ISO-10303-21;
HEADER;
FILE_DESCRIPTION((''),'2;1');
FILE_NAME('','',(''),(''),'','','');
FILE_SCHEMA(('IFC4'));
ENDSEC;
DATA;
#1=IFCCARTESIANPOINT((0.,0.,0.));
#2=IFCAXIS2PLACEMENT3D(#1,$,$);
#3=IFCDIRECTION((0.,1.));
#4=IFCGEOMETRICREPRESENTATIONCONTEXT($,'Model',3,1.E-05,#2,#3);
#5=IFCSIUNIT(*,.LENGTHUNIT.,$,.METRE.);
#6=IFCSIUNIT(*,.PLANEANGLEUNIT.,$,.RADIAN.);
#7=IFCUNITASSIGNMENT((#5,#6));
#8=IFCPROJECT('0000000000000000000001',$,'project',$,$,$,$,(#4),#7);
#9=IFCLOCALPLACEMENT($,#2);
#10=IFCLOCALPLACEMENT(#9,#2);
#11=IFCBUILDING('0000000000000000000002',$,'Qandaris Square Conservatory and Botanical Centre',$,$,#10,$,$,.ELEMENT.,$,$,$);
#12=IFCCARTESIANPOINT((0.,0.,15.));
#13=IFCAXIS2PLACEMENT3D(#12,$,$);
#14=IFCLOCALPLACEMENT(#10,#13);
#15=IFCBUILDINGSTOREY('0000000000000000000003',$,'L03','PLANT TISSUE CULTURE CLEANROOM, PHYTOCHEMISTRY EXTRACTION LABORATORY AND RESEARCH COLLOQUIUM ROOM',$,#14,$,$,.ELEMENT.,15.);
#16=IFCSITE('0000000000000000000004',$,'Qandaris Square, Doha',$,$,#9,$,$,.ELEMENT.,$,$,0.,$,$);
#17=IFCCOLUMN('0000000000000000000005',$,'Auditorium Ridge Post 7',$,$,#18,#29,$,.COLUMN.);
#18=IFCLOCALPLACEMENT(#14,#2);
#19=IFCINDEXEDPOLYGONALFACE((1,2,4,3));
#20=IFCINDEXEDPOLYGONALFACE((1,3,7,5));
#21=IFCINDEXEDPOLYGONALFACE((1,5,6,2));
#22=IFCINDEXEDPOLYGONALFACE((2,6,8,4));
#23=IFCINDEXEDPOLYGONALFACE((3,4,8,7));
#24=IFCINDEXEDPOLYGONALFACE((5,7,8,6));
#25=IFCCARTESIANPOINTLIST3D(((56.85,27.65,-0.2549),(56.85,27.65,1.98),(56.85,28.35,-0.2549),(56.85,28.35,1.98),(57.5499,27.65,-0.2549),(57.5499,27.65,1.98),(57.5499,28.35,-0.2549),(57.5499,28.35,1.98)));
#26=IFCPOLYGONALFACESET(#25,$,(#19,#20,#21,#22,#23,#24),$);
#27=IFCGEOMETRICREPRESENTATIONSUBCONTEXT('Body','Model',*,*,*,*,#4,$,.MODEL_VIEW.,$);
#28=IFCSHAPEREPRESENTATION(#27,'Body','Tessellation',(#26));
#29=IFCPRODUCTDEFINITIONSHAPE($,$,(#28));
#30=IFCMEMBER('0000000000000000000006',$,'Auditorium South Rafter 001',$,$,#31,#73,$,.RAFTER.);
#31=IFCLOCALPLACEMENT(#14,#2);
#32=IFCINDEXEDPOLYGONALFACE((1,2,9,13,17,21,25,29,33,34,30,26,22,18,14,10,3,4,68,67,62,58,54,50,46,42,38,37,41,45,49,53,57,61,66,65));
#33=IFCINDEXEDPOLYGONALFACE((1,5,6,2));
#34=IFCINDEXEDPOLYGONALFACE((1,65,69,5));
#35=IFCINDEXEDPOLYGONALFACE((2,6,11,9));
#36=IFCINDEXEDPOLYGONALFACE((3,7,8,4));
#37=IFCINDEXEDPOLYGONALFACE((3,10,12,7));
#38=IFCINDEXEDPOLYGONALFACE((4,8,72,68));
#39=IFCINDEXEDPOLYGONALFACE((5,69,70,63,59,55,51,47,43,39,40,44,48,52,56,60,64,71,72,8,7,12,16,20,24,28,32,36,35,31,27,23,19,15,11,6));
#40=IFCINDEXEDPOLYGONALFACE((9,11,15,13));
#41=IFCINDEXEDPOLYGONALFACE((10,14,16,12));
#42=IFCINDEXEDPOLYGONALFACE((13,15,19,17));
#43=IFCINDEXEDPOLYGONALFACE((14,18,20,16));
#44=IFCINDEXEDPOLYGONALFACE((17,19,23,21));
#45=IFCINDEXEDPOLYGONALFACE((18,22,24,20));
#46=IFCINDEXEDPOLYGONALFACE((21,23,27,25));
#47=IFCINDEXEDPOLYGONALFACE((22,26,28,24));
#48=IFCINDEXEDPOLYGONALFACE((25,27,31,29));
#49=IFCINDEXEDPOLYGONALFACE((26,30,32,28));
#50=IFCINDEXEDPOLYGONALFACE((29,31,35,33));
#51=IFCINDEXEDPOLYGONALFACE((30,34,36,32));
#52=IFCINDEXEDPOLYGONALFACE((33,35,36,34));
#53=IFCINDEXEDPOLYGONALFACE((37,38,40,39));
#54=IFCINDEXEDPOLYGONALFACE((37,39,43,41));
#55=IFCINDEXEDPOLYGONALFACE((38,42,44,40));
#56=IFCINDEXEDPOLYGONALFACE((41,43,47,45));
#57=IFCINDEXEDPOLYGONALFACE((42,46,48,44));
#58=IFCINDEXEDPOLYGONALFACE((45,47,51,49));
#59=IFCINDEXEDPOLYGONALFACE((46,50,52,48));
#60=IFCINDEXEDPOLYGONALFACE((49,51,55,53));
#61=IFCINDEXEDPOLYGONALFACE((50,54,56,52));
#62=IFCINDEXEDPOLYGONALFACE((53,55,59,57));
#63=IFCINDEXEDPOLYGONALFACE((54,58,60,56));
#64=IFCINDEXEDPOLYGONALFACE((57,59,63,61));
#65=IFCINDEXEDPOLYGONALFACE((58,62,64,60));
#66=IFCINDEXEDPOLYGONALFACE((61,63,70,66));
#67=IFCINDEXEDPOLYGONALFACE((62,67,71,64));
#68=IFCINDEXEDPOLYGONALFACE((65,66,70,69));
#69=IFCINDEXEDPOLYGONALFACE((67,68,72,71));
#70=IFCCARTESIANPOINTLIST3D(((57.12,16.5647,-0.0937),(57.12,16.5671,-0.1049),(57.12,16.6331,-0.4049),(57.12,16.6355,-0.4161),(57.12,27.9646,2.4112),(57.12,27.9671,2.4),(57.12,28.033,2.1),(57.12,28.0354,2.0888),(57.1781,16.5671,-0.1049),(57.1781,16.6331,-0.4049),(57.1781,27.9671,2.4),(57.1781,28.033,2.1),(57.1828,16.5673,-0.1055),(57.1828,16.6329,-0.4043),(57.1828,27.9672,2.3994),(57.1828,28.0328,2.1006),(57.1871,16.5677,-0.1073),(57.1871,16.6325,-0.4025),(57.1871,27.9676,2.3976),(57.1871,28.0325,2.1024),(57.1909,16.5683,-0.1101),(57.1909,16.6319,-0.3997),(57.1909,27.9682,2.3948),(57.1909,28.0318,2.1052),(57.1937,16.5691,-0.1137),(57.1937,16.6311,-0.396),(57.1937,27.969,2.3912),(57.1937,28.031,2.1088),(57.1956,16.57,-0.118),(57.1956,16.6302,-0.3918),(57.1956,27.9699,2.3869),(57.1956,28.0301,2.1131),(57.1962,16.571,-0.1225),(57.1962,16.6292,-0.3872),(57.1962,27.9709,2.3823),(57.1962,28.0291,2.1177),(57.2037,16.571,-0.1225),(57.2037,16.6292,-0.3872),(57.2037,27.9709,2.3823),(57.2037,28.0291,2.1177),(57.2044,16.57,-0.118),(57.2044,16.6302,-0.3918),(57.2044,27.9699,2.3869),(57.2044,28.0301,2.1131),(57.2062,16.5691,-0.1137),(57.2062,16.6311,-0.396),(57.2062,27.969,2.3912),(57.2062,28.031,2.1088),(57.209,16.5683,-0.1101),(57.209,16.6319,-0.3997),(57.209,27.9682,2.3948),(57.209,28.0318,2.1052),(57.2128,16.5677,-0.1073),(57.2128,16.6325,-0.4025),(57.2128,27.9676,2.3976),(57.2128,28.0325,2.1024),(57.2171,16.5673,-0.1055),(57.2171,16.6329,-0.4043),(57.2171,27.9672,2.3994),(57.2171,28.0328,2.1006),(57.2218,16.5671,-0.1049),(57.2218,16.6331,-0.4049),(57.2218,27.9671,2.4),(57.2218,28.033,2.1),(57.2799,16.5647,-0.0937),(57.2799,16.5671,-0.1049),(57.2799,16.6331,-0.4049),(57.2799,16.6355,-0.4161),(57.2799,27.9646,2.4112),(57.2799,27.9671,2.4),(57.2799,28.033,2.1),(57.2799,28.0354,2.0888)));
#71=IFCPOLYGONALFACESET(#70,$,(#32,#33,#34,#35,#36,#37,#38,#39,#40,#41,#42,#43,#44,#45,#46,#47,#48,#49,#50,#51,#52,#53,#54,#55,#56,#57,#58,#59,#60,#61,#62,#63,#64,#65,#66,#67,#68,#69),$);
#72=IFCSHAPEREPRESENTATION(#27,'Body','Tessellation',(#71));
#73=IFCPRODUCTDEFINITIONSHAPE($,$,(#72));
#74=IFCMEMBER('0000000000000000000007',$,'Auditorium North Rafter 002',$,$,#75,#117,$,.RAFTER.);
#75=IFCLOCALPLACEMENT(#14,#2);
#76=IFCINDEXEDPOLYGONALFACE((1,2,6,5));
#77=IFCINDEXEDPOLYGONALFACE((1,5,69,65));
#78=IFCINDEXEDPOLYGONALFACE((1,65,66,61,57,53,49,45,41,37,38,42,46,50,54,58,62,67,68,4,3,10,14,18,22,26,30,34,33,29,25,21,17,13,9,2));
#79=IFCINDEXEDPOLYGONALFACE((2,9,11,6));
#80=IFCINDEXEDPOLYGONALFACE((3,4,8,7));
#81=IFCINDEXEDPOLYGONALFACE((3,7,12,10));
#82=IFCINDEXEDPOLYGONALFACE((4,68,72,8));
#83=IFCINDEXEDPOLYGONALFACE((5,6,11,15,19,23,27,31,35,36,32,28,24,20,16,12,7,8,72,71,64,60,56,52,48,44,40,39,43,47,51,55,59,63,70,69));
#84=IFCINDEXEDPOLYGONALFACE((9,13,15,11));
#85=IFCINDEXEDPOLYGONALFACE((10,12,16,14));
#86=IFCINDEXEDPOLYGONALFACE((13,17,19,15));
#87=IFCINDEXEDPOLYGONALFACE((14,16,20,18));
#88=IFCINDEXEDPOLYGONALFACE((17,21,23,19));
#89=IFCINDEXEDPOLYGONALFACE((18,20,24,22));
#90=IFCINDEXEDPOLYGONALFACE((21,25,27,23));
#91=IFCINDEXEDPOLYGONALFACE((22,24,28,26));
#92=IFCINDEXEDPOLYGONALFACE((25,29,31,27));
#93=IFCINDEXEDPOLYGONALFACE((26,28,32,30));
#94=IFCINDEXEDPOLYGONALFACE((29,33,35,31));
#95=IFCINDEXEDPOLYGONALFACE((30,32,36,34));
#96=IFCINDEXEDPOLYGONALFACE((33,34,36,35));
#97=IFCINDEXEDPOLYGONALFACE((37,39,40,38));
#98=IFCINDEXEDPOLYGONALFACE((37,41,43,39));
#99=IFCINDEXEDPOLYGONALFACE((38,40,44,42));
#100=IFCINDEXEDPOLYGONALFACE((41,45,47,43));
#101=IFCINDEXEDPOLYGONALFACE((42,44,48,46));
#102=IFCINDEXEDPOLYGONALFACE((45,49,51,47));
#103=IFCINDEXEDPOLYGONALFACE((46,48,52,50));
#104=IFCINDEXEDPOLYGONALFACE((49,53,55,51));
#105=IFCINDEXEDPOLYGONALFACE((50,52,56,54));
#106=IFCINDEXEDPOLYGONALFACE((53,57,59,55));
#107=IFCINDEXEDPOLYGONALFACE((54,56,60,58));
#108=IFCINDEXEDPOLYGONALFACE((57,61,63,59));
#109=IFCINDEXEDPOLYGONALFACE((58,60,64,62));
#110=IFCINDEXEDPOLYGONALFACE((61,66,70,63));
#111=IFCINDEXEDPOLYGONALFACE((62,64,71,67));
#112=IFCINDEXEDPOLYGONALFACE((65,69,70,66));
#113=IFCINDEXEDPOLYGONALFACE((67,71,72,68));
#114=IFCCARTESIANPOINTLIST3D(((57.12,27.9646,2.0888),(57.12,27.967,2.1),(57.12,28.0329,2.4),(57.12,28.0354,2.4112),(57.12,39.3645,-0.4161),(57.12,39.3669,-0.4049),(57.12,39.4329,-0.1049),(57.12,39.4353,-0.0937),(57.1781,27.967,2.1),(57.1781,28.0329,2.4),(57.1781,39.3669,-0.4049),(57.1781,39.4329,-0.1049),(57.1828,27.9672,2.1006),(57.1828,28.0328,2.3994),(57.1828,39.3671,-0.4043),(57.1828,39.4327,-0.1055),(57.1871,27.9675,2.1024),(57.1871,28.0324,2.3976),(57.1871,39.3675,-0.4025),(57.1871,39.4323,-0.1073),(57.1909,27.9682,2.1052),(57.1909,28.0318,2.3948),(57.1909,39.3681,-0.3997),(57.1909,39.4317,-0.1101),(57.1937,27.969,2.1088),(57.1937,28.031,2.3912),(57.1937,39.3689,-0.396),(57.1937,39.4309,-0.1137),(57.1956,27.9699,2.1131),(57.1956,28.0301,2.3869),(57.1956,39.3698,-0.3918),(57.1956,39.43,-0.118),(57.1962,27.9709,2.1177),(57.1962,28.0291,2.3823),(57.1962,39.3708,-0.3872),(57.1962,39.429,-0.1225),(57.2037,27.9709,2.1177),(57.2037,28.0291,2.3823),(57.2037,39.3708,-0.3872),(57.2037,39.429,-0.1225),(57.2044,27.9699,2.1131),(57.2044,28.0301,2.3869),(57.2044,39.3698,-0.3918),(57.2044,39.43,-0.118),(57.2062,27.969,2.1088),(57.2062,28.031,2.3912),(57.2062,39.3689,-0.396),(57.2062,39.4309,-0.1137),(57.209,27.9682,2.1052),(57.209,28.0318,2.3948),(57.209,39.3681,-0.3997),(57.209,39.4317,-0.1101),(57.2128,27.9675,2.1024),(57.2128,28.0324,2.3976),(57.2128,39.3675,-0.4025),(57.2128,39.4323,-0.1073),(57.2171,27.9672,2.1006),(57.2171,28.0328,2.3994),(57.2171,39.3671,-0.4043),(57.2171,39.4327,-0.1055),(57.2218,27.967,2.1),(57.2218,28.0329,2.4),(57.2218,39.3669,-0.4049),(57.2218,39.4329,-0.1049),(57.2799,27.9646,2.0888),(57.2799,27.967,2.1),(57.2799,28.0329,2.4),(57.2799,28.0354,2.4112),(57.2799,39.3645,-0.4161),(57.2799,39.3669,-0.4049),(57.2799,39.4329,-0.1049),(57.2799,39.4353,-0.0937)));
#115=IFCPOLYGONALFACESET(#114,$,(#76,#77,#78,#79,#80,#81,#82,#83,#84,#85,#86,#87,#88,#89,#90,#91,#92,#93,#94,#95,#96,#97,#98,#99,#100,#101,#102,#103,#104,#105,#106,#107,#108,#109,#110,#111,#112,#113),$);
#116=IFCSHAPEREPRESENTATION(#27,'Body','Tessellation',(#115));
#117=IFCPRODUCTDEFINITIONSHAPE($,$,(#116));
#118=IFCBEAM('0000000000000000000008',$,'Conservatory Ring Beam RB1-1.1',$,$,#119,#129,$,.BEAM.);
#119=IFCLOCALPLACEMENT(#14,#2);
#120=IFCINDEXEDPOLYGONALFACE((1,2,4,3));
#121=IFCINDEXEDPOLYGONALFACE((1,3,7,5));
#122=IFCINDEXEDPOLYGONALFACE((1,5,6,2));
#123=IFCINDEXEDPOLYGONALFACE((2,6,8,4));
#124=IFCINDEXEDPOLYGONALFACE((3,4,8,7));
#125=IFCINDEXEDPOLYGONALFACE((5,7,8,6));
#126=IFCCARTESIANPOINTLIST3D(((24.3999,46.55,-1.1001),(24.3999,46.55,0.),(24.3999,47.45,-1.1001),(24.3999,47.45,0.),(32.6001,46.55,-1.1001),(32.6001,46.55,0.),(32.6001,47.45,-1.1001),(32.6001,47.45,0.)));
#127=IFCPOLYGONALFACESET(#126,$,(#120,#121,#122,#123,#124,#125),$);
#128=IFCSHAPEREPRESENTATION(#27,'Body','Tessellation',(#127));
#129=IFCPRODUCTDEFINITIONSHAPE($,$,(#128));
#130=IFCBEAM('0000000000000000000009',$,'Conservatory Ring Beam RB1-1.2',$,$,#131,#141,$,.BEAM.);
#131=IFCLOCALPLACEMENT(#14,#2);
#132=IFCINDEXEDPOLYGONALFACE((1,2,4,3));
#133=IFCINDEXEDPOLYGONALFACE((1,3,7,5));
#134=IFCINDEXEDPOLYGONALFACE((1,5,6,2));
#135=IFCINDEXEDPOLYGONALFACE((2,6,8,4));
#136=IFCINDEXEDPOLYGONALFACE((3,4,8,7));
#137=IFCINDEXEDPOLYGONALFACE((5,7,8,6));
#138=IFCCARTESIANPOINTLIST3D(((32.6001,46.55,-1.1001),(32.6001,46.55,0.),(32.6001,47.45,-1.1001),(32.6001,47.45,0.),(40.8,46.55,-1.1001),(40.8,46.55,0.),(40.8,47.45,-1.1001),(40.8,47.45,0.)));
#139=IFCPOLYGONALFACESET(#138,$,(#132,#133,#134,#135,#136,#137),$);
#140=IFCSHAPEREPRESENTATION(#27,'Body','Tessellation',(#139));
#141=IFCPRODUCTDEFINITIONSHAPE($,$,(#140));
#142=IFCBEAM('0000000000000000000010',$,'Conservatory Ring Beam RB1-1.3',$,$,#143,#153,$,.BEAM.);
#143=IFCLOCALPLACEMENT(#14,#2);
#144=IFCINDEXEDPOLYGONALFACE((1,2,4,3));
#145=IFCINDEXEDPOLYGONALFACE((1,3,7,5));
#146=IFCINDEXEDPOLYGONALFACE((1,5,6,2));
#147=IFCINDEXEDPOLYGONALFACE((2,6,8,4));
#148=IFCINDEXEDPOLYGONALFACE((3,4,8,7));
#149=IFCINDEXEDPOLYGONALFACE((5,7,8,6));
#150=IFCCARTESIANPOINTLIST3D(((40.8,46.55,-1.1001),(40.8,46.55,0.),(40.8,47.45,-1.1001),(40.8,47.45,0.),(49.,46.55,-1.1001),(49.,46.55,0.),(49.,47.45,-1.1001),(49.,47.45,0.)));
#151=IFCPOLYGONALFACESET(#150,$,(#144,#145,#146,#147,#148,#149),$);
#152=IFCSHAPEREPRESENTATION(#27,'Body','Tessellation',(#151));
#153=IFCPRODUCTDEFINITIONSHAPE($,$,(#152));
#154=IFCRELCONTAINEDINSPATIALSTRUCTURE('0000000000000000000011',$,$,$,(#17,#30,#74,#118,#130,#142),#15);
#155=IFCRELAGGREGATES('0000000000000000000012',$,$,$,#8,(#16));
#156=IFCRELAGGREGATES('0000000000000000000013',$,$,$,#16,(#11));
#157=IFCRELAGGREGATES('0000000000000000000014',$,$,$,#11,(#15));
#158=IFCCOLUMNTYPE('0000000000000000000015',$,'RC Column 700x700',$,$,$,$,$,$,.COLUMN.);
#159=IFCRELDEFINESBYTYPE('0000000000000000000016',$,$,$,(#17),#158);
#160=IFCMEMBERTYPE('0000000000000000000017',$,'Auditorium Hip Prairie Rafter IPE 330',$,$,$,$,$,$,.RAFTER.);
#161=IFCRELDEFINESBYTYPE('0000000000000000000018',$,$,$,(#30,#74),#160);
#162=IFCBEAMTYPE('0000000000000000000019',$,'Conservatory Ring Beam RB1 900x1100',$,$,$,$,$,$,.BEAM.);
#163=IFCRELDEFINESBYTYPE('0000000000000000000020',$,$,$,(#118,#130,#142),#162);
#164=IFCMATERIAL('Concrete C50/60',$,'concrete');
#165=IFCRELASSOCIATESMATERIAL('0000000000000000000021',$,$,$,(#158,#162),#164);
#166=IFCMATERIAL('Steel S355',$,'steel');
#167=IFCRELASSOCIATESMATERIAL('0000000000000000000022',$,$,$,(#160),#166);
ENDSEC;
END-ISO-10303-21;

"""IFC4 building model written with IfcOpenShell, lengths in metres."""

from ifc_helpers import new_model, si_unit, direction, frame, origin, origin_2d, place, context, subcontext, project, spatial, rectangle, i_section, extrude, material, material_profile, profile_set, type_object, element, save


model = new_model("IFC4")

# Units and contexts
model_context = context("Model", 3, precision=1e-05, world=origin(), true_north=direction((0.0, 1.0)))
body_context = subcontext(model_context, "Body", "Model", "MODEL_VIEW")
ifc_project = project(units=[si_unit("LENGTHUNIT", "METRE"), si_unit("PLANEANGLEUNIT", "RADIAN")], contexts=[model_context])

# Site, building, storey
site_placement = place(None, origin())
site = spatial("IfcSite", under=ifc_project, at=site_placement, Name="Qandaris Square, Doha", CompositionType="ELEMENT", RefElevation=0.0)
building_placement = place(site_placement, origin())
building = spatial("IfcBuilding", under=site, at=building_placement, Name="Qandaris Square Conservatory and Botanical Centre", CompositionType="ELEMENT")
storey_placement = place(building_placement, frame((0.0, 0.0, 15.0)))
storey = spatial("IfcBuildingStorey", under=building, at=storey_placement, Name="L03", Description="PLANT TISSUE CULTURE CLEANROOM, PHYTOCHEMISTRY EXTRACTION LABORATORY AND RESEARCH COLLOQUIUM ROOM", CompositionType="ELEMENT", Elevation=15.0)

# Column
ifc_material_1 = material(Name="Concrete C50/60", Category="concrete")
ifc_material_profile_1 = material_profile(ifc_material_1, rectangle(XDim=0.7, YDim=0.7, at=origin_2d()), Name="RC-COL 700x700")
ifc_profile_set_1 = profile_set([ifc_material_profile_1], Name="Concrete C50/60")
column_type = type_object("IfcColumnType", Name="RC Column 700x700", PredefinedType="COLUMN", material=ifc_profile_set_1)
column_placement = place(storey_placement, frame((57.2, 28.0, -0.2549), z_axis=(0.0, 0.0, 1.0), x_axis=(1.0, 0.0, 0.0)))
element("IfcColumn", 1, at=column_placement, inside=storey, type_object=column_type, Name="Auditorium Ridge Post 7", PredefinedType="COLUMN", context=body_context, shape_type="SweptSolid", body=[
    extrude(rectangle(XDim=0.7, YDim=0.7, at=origin_2d()), origin(), (0.0, 0.0, 1.0), 2.2349),
])

# Members
ifc_material_2 = material(Name="Steel S355", Category="steel")
ifc_material_profile_2 = material_profile(ifc_material_2, i_section(OverallWidth=0.1599, OverallDepth=0.3301, WebThickness=0.0076, FlangeThickness=0.0115, FilletRadius=0.0181, at=origin_2d()), Name="IPE 330")
ifc_profile_set_2 = profile_set([ifc_material_profile_2], Name="Steel S355")
member_type_1 = type_object("IfcMemberType", Name="Auditorium Hip Prairie Rafter IPE 330", PredefinedType="RAFTER", material=ifc_profile_set_2)
for number, where, z_axis, x_axis, name in (
    (2, (57.2, 16.6001, -0.2549), (0.0, 0.9767, 0.214609), (-1.0, 0.0, 0.0), "Auditorium South Rafter 001"),
    (3, (57.2, 39.3999, -0.2549), (0.0, -0.9767, 0.214609), (1.0, 0.0, 0.0), "Auditorium North Rafter 002"),
):
    element("IfcMember", number, at=place(storey_placement, frame(where, z_axis=z_axis, x_axis=x_axis)), inside=storey, type_object=member_type_1, Name=name, PredefinedType="RAFTER", context=body_context, shape_type="SweptSolid", body=[
        extrude(i_section(OverallWidth=0.1599, OverallDepth=0.3301, WebThickness=0.0076, FlangeThickness=0.0115, FilletRadius=0.0181, at=origin_2d()), origin(), (0.0, 0.0, 1.0), 11.6719),
    ])

# Beams
ifc_material_profile_3 = material_profile(ifc_material_1, rectangle(XDim=0.8999, YDim=1.1001, at=origin_2d()), Name="RC-RB 900x1100")
ifc_profile_set_3 = profile_set([ifc_material_profile_3], Name="Concrete C50/60")
beam_type_1 = type_object("IfcBeamType", Name="Conservatory Ring Beam RB1 900x1100", PredefinedType="BEAM", material=ifc_profile_set_3)
beam_1_placement = place(storey_placement, frame((24.3999, 47.0, -0.55), z_axis=(1.0, 0.0, 0.0), x_axis=(0.0, 1.0, 0.0)))
element("IfcBeam", 4, at=beam_1_placement, inside=storey, type_object=beam_type_1, Name="Conservatory Ring Beam RB1-1.1", PredefinedType="BEAM", context=body_context, shape_type="SweptSolid", body=[
    extrude(rectangle(XDim=0.8999, YDim=1.1001, at=origin_2d()), origin(), (0.0, 0.0, 1.0), 8.2002),
])
for number, where, z_axis, x_axis, name in (
    (5, (32.6001, 47.0, -0.55), (1.0, 0.0, 0.0), (0.0, 1.0, 0.0), "Conservatory Ring Beam RB1-1.2"),
    (6, (40.8, 47.0, -0.55), (1.0, 0.0, 0.0), (0.0, 1.0, 0.0), "Conservatory Ring Beam RB1-1.3"),
):
    element("IfcBeam", number, at=place(storey_placement, frame(where, z_axis=z_axis, x_axis=x_axis)), inside=storey, type_object=beam_type_1, Name=name, PredefinedType="BEAM", context=body_context, shape_type="SweptSolid", body=[
        extrude(rectangle(XDim=0.8999, YDim=1.1001, at=origin_2d()), origin(), (0.0, 0.0, 1.0), 8.2),
    ])

save(model, "model.ifc")
